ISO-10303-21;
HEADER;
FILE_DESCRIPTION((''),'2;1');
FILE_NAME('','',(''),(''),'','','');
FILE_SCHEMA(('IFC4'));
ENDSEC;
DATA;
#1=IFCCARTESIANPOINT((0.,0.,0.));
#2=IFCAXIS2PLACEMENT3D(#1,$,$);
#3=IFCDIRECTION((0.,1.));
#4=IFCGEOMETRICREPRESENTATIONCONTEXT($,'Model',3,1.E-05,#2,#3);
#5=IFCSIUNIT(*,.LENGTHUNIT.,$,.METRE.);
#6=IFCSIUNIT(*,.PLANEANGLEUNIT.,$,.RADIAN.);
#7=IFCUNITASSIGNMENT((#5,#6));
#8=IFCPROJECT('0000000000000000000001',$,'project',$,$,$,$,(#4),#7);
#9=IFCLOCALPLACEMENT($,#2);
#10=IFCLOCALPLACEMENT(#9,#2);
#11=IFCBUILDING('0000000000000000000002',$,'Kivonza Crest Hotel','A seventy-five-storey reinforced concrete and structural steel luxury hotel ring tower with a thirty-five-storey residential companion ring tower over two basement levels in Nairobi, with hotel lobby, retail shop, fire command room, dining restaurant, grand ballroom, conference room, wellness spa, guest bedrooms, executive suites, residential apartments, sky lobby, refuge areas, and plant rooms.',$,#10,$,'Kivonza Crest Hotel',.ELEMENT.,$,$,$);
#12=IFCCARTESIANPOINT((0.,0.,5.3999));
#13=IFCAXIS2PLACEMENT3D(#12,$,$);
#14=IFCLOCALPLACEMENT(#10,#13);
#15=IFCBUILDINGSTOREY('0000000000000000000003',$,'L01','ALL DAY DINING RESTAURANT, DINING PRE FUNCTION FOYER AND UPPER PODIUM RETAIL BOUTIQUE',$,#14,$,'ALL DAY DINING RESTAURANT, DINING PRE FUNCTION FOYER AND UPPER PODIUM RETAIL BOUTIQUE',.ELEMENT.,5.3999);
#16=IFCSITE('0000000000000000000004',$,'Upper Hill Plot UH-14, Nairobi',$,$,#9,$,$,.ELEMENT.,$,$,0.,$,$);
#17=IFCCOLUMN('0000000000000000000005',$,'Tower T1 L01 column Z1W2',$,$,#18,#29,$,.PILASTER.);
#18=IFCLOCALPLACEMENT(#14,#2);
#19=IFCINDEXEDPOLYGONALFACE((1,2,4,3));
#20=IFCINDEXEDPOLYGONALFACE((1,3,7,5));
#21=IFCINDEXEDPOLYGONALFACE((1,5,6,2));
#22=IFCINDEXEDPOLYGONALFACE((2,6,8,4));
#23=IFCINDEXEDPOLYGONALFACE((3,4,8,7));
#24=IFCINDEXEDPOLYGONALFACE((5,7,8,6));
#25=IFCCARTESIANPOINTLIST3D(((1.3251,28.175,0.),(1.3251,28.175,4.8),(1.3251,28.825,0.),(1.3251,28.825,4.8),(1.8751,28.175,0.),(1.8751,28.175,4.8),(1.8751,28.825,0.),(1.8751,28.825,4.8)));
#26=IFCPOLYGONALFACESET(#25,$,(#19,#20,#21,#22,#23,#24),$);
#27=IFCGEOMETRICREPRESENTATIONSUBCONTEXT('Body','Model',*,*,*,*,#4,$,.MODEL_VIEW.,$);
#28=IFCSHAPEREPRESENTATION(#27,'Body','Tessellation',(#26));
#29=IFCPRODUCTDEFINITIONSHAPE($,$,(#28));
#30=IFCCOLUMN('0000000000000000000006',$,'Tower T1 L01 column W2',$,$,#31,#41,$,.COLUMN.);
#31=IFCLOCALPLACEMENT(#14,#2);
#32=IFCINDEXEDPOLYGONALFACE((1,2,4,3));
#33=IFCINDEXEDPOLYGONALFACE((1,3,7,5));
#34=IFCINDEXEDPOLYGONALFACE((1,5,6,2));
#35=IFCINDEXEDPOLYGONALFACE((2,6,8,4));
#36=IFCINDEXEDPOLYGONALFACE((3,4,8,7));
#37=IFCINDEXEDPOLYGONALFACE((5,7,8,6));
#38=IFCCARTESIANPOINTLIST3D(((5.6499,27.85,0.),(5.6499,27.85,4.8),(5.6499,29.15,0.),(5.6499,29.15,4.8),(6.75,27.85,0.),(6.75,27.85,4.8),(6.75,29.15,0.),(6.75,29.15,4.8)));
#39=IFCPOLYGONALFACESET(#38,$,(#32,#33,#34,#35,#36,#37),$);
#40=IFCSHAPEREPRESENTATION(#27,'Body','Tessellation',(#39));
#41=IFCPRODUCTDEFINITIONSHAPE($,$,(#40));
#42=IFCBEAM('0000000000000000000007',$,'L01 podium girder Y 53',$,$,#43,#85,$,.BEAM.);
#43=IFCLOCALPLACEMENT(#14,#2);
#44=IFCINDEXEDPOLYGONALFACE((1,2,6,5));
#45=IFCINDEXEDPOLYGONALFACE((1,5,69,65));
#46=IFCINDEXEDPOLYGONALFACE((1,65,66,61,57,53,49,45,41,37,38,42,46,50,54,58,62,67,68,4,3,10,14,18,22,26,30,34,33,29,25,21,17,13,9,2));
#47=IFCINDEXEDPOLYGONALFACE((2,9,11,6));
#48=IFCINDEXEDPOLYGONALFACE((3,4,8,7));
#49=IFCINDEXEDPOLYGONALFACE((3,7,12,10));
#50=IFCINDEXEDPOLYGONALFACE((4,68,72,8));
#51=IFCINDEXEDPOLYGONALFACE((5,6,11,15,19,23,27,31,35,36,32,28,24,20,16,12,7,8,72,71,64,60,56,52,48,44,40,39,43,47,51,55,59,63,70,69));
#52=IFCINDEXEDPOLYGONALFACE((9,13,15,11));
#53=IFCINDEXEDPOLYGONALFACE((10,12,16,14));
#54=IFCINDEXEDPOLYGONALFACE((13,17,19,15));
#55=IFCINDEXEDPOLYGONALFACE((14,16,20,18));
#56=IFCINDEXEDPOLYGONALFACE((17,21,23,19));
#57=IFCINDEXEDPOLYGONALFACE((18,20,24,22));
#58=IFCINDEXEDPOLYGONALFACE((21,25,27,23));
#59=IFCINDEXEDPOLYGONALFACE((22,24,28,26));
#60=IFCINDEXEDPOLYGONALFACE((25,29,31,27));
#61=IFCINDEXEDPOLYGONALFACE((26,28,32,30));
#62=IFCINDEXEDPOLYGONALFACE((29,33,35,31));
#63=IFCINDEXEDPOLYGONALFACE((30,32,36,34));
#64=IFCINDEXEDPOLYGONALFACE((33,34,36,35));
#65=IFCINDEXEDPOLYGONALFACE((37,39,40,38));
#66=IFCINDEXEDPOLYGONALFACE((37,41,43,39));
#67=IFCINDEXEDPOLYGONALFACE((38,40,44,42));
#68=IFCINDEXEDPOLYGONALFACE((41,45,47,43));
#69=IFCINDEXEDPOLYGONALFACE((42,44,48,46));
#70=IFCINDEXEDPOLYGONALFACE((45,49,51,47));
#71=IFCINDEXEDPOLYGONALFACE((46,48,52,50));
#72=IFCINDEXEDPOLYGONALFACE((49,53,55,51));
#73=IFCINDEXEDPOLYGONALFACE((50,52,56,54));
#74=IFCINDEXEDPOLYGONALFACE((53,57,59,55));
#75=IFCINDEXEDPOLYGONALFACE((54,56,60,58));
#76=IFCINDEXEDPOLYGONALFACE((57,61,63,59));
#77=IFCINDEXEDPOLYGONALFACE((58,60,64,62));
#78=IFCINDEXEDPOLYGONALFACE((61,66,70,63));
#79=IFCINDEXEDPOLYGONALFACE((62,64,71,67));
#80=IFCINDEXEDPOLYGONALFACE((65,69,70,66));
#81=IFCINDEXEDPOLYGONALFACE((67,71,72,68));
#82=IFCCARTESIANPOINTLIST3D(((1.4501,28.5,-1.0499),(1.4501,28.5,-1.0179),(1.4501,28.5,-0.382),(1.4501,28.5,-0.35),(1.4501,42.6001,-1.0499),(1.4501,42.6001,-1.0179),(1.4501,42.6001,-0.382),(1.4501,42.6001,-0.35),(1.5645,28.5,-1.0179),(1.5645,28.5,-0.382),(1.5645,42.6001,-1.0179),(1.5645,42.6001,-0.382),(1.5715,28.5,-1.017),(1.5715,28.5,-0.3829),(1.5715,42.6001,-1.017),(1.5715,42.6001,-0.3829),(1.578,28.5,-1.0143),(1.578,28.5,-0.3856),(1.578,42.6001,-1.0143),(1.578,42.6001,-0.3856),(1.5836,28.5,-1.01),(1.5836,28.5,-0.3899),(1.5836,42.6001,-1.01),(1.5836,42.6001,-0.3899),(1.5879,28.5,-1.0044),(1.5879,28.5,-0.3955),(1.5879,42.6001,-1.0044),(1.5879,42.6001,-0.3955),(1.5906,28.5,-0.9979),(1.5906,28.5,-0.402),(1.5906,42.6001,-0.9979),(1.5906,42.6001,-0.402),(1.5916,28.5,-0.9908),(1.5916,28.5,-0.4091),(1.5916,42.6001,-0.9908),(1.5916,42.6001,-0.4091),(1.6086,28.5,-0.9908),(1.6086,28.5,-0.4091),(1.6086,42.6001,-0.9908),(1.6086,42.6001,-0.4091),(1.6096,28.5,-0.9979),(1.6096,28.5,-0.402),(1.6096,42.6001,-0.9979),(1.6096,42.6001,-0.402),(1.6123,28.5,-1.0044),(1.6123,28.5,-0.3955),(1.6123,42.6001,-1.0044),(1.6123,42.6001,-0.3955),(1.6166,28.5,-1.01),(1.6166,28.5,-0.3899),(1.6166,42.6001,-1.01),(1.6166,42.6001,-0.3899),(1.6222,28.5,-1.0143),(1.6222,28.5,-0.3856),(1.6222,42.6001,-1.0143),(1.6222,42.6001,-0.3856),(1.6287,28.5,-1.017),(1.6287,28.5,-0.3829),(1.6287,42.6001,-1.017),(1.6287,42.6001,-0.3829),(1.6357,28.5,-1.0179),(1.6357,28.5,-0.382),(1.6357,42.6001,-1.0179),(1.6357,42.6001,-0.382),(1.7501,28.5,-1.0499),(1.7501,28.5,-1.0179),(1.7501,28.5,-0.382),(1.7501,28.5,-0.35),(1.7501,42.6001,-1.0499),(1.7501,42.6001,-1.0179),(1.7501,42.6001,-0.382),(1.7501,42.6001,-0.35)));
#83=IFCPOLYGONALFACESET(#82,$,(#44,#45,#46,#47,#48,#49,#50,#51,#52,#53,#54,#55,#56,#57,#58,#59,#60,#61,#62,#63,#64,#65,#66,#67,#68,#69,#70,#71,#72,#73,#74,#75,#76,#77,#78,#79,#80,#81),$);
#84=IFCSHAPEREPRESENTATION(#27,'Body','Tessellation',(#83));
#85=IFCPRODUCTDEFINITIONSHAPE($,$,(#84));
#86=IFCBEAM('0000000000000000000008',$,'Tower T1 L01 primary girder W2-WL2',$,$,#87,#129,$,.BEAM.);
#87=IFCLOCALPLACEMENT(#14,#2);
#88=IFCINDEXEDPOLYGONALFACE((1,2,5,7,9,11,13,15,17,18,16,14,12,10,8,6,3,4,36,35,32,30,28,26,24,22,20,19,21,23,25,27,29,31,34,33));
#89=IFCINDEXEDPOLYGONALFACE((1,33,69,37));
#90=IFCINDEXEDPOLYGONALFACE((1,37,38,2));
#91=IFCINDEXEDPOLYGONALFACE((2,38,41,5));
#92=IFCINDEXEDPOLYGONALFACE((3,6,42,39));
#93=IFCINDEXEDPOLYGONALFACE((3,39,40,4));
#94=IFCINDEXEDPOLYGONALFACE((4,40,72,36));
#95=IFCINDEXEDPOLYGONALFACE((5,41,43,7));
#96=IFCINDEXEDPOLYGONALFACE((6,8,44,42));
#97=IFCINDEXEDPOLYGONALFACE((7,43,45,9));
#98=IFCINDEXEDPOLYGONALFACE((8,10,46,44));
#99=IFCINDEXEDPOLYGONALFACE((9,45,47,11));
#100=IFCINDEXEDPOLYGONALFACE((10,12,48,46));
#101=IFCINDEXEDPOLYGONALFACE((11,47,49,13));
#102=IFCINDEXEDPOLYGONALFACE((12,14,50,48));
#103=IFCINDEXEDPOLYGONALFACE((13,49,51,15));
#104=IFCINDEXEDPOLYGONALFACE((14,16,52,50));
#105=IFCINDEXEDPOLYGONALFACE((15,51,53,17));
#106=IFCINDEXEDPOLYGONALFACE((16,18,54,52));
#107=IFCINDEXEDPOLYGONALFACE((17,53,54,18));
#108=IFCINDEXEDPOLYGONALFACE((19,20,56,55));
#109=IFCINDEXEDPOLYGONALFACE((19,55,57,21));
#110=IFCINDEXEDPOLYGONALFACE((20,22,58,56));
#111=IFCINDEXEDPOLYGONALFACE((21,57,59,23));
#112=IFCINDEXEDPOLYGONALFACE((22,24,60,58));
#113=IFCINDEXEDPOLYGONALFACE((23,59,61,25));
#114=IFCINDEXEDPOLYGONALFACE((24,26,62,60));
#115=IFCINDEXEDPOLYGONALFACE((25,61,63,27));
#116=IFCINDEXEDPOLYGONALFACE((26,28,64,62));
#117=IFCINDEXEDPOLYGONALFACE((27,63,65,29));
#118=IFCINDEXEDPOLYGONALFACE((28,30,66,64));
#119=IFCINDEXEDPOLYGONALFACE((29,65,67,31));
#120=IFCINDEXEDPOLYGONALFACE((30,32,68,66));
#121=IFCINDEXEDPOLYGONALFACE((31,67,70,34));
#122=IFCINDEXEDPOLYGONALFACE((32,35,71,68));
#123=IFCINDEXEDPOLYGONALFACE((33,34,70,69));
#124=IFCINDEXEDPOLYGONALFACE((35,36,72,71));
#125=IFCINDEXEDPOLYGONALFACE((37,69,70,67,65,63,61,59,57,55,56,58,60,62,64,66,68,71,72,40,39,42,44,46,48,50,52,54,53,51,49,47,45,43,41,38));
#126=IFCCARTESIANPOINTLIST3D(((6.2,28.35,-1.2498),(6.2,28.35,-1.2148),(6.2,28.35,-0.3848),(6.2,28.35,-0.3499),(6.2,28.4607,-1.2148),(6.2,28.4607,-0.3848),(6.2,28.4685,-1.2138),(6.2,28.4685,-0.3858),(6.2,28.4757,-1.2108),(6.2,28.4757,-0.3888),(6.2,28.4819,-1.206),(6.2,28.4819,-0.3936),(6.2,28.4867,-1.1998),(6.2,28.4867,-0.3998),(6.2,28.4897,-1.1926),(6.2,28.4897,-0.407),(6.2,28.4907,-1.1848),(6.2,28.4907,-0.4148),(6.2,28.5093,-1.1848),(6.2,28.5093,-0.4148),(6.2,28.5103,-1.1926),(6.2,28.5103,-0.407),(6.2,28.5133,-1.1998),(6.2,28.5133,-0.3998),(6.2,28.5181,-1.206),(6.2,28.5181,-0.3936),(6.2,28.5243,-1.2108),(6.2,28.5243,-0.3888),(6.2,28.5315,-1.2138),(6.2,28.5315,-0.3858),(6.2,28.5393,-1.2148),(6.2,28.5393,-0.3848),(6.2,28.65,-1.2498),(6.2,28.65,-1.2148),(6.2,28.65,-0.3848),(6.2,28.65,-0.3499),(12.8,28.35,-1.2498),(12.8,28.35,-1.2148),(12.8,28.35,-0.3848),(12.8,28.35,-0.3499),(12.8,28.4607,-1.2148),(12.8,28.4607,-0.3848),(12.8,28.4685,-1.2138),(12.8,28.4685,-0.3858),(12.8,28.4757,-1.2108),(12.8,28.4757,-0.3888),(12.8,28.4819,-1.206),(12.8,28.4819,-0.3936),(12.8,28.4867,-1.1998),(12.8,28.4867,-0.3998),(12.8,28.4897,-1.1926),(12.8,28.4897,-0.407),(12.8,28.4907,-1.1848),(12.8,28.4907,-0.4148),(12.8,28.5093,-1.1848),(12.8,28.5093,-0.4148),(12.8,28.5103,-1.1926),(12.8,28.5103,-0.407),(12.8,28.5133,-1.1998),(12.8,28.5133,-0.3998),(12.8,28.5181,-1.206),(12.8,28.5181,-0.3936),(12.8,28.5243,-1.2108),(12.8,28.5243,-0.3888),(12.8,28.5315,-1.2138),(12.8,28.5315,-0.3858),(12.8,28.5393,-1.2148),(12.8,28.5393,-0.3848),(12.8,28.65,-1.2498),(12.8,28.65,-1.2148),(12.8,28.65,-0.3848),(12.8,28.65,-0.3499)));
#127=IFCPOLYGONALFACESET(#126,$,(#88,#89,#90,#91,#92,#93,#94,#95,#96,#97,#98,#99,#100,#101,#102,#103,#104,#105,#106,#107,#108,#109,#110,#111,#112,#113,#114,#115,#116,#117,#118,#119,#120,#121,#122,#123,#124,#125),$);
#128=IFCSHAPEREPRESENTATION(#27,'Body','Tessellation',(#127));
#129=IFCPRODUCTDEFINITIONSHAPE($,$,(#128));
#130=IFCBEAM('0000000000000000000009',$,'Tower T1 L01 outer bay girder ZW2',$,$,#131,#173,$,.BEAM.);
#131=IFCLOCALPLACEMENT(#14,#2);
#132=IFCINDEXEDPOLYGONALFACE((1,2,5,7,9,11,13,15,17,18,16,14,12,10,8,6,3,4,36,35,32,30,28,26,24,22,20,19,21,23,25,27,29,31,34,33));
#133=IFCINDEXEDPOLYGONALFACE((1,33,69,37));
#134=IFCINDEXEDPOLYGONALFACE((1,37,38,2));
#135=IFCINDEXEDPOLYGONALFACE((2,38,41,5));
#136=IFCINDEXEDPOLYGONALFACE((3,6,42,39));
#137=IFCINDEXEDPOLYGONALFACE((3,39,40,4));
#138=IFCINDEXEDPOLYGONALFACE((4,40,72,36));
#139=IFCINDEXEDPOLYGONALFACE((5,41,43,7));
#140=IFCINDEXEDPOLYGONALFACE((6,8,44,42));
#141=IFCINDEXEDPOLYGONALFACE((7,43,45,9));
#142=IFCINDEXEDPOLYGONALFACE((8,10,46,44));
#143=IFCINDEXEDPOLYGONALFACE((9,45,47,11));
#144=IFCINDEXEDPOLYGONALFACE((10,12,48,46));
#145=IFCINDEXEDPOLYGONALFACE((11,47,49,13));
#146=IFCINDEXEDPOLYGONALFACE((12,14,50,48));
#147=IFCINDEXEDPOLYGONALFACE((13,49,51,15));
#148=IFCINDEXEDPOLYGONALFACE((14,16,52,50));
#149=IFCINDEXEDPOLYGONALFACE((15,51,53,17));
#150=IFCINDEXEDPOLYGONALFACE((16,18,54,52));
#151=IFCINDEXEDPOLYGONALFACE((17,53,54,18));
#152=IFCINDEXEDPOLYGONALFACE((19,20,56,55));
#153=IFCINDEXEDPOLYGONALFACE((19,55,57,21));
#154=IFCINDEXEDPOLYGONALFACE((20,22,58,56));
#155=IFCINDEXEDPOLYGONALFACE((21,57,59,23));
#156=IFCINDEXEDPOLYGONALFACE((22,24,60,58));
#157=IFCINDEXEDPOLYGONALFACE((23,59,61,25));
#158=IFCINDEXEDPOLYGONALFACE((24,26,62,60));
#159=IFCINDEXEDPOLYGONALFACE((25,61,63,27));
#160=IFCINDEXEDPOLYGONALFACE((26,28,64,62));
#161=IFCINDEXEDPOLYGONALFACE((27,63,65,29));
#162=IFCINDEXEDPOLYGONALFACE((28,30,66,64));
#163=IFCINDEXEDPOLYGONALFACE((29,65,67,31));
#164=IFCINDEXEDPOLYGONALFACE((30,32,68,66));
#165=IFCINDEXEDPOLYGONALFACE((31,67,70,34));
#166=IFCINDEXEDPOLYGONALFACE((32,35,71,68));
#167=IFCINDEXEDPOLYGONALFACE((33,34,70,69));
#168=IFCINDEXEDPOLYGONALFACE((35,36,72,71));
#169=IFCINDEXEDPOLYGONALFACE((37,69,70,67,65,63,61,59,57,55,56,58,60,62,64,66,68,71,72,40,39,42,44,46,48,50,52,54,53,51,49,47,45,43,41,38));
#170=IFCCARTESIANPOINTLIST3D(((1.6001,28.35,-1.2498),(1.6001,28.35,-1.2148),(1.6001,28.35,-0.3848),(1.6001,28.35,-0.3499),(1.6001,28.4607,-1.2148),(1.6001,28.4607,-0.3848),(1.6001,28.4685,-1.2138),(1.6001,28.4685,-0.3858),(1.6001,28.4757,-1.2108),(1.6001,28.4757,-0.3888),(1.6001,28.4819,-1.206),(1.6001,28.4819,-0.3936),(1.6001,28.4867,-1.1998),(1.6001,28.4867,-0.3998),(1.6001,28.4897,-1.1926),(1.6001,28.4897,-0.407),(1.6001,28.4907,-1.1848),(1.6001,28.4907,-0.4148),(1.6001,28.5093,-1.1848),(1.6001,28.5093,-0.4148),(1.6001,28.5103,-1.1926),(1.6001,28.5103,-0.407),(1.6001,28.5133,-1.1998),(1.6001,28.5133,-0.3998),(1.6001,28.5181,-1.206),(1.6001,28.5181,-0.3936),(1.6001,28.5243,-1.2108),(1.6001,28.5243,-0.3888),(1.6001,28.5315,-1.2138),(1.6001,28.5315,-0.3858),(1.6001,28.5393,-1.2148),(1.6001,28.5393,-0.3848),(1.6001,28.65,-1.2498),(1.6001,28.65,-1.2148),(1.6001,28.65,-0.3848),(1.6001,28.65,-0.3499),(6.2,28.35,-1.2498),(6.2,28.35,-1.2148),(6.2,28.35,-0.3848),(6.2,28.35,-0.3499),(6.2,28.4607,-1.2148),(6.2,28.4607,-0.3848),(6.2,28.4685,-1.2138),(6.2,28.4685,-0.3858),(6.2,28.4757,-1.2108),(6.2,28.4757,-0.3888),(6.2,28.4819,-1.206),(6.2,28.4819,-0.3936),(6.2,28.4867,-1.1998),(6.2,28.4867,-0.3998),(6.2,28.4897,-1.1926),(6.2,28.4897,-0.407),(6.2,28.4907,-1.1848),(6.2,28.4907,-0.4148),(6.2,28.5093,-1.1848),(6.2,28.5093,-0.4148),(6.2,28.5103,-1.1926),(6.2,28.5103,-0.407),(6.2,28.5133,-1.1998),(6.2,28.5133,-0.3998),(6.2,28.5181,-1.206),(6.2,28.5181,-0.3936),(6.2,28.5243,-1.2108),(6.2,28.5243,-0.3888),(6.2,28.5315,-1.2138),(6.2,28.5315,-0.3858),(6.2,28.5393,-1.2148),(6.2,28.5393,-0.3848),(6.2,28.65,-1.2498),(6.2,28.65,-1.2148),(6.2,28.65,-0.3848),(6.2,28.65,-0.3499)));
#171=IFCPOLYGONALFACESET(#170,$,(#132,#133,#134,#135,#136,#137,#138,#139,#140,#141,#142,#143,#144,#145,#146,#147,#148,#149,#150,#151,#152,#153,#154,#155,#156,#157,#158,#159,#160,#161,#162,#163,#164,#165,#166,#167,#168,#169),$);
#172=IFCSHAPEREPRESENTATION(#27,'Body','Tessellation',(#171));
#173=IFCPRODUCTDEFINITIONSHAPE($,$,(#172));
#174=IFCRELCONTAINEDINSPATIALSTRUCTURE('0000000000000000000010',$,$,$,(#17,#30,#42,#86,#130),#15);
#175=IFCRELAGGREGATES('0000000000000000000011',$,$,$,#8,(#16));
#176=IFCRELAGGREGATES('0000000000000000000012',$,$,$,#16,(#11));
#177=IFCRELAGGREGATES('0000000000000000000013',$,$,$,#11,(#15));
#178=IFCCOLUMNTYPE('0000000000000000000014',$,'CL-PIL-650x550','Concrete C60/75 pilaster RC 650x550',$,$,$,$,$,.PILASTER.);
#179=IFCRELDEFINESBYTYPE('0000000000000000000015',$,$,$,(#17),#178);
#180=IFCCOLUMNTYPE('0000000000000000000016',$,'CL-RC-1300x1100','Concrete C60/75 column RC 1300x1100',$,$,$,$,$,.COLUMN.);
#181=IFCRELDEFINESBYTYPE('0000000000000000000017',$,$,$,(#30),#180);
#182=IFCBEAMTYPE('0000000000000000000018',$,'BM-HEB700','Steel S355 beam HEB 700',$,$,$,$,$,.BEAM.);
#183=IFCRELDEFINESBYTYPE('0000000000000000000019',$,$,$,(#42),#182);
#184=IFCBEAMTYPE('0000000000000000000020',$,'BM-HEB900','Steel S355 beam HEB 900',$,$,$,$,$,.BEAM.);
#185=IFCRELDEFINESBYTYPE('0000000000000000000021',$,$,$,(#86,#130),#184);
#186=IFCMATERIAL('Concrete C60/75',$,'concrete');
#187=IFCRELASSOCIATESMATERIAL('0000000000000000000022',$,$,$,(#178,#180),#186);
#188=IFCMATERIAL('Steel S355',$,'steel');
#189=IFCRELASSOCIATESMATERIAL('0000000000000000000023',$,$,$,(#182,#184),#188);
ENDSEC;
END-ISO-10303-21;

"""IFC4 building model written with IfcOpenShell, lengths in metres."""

from ifc_helpers import new_model, si_unit, direction, frame, origin, origin_2d, place, context, subcontext, project, spatial, rectangle, i_section, extrude, material, material_profile, profile_set, type_object, element, save


model = new_model("IFC4")

# Units and contexts
model_context = context("Model", 3, precision=1e-05, world=origin(), true_north=direction((0.0, 1.0)))
body_context = subcontext(model_context, "Body", "Model", "MODEL_VIEW")
ifc_project = project(units=[si_unit("LENGTHUNIT", "METRE"), si_unit("PLANEANGLEUNIT", "RADIAN")], contexts=[model_context])

# Site, building, storey
site_placement = place(None, origin())
site = spatial("IfcSite", under=ifc_project, at=site_placement, Name="Upper Hill Plot UH-14, Nairobi", CompositionType="ELEMENT", RefElevation=0.0)
building_placement = place(site_placement, origin())
building = spatial("IfcBuilding", under=site, at=building_placement, Name="Kivonza Crest Hotel", Description="A seventy-five-storey reinforced concrete and structural steel luxury hotel ring tower with a thirty-five-storey residential companion ring tower over two basement levels in Nairobi, with hotel lobby, retail shop, fire command room, dining restaurant, grand ballroom, conference room, wellness spa, guest bedrooms, executive suites, residential apartments, sky lobby, refuge areas, and plant rooms.", LongName="Kivonza Crest Hotel", CompositionType="ELEMENT")
storey_placement = place(building_placement, frame((0.0, 0.0, 5.3999)))
storey = spatial("IfcBuildingStorey", under=building, at=storey_placement, Name="L01", Description="ALL DAY DINING RESTAURANT, DINING PRE FUNCTION FOYER AND UPPER PODIUM RETAIL BOUTIQUE", LongName="ALL DAY DINING RESTAURANT, DINING PRE FUNCTION FOYER AND UPPER PODIUM RETAIL BOUTIQUE", CompositionType="ELEMENT", Elevation=5.3999)

# Columns
ifc_material_1 = material(Name="Concrete C60/75", Category="concrete")
ifc_material_profile_1 = material_profile(ifc_material_1, rectangle(XDim=0.55, YDim=0.6499, at=origin_2d()), Name="RC 650x550")
ifc_profile_set_1 = profile_set([ifc_material_profile_1], Name="Concrete C60/75")
column_type_1 = type_object("IfcColumnType", Name="CL-PIL-650x550", Description="Concrete C60/75 pilaster RC 650x550", PredefinedType="PILASTER", material=ifc_profile_set_1)
column_1_placement = place(storey_placement, frame((1.6001, 28.5, 0.0), z_axis=(0.0, 0.0, 1.0), x_axis=(1.0, 0.0, 0.0)))
element("IfcColumn", 1, at=column_1_placement, inside=storey, type_object=column_type_1, Name="Tower T1 L01 column Z1W2", PredefinedType="PILASTER", context=body_context, shape_type="SweptSolid", body=[
    extrude(rectangle(XDim=0.55, YDim=0.6499, at=origin_2d()), origin(), (0.0, 0.0, 1.0), 4.8),
])
ifc_material_profile_2 = material_profile(ifc_material_1, rectangle(XDim=1.1001, YDim=1.3, at=origin_2d()), Name="RC 1300x1100")
ifc_profile_set_2 = profile_set([ifc_material_profile_2], Name="Concrete C60/75")
column_type_2 = type_object("IfcColumnType", Name="CL-RC-1300x1100", Description="Concrete C60/75 column RC 1300x1100", PredefinedType="COLUMN", material=ifc_profile_set_2)
column_2_placement = place(storey_placement, frame((6.2, 28.5, 0.0), z_axis=(0.0, 0.0, 1.0), x_axis=(1.0, 0.0, 0.0)))
element("IfcColumn", 2, at=column_2_placement, inside=storey, type_object=column_type_2, Name="Tower T1 L01 column W2", PredefinedType="COLUMN", context=body_context, shape_type="SweptSolid", body=[
    extrude(rectangle(XDim=1.1001, YDim=1.3, at=origin_2d()), origin(), (0.0, 0.0, 1.0), 4.8),
])

# Beams
ifc_material_2 = material(Name="Steel S355", Category="steel")
ifc_material_profile_3 = material_profile(ifc_material_2, i_section(OverallWidth=0.3, OverallDepth=0.7, WebThickness=0.0171, FlangeThickness=0.032, FilletRadius=0.0271, at=origin_2d()), Name="HEB 700")
ifc_profile_set_3 = profile_set([ifc_material_profile_3], Name="Steel S355")
beam_type_1 = type_object("IfcBeamType", Name="BM-HEB700", Description="Steel S355 beam HEB 700", PredefinedType="BEAM", material=ifc_profile_set_3)
beam_1_placement = place(storey_placement, frame((1.6001, 28.5, -0.7), z_axis=(0.0, 1.0, 0.0), x_axis=(-1.0, 0.0, 0.0)))
element("IfcBeam", 3, at=beam_1_placement, inside=storey, type_object=beam_type_1, Name="L01 podium girder Y 53", PredefinedType="BEAM", context=body_context, shape_type="SweptSolid", body=[
    extrude(i_section(OverallWidth=0.3, OverallDepth=0.7, WebThickness=0.0171, FlangeThickness=0.032, FilletRadius=0.0271, at=origin_2d()), origin(), (0.0, 0.0, 1.0), 14.1001),
])
ifc_material_profile_4 = material_profile(ifc_material_2, i_section(OverallWidth=0.3, OverallDepth=0.8999, WebThickness=0.0186, FlangeThickness=0.0349, FilletRadius=0.03, at=origin_2d()), Name="HEB 900")
ifc_profile_set_4 = profile_set([ifc_material_profile_4], Name="Steel S355")
beam_type_2 = type_object("IfcBeamType", Name="BM-HEB900", Description="Steel S355 beam HEB 900", PredefinedType="BEAM", material=ifc_profile_set_4)
beam_2_placement = place(storey_placement, frame((6.2, 28.5, -0.7998), z_axis=(1.0, 0.0, 0.0), x_axis=(0.0, 1.0, 0.0)))
element("IfcBeam", 4, at=beam_2_placement, inside=storey, type_object=beam_type_2, Name="Tower T1 L01 primary girder W2-WL2", PredefinedType="BEAM", context=body_context, shape_type="SweptSolid", body=[
    extrude(i_section(OverallWidth=0.3, OverallDepth=0.8999, WebThickness=0.0186, FlangeThickness=0.0349, FilletRadius=0.03, at=origin_2d()), origin(), (0.0, 0.0, 1.0), 6.6001),
])
beam_3_placement = place(storey_placement, frame((1.6001, 28.5, -0.7998), z_axis=(1.0, 0.0, 0.0), x_axis=(0.0, 1.0, 0.0)))
element("IfcBeam", 5, at=beam_3_placement, inside=storey, type_object=beam_type_2, Name="Tower T1 L01 outer bay girder ZW2", PredefinedType="BEAM", context=body_context, shape_type="SweptSolid", body=[
    extrude(i_section(OverallWidth=0.3, OverallDepth=0.8999, WebThickness=0.0186, FlangeThickness=0.0349, FilletRadius=0.03, at=origin_2d()), origin(), (0.0, 0.0, 1.0), 4.5999),
])

save(model, "model.ifc")
